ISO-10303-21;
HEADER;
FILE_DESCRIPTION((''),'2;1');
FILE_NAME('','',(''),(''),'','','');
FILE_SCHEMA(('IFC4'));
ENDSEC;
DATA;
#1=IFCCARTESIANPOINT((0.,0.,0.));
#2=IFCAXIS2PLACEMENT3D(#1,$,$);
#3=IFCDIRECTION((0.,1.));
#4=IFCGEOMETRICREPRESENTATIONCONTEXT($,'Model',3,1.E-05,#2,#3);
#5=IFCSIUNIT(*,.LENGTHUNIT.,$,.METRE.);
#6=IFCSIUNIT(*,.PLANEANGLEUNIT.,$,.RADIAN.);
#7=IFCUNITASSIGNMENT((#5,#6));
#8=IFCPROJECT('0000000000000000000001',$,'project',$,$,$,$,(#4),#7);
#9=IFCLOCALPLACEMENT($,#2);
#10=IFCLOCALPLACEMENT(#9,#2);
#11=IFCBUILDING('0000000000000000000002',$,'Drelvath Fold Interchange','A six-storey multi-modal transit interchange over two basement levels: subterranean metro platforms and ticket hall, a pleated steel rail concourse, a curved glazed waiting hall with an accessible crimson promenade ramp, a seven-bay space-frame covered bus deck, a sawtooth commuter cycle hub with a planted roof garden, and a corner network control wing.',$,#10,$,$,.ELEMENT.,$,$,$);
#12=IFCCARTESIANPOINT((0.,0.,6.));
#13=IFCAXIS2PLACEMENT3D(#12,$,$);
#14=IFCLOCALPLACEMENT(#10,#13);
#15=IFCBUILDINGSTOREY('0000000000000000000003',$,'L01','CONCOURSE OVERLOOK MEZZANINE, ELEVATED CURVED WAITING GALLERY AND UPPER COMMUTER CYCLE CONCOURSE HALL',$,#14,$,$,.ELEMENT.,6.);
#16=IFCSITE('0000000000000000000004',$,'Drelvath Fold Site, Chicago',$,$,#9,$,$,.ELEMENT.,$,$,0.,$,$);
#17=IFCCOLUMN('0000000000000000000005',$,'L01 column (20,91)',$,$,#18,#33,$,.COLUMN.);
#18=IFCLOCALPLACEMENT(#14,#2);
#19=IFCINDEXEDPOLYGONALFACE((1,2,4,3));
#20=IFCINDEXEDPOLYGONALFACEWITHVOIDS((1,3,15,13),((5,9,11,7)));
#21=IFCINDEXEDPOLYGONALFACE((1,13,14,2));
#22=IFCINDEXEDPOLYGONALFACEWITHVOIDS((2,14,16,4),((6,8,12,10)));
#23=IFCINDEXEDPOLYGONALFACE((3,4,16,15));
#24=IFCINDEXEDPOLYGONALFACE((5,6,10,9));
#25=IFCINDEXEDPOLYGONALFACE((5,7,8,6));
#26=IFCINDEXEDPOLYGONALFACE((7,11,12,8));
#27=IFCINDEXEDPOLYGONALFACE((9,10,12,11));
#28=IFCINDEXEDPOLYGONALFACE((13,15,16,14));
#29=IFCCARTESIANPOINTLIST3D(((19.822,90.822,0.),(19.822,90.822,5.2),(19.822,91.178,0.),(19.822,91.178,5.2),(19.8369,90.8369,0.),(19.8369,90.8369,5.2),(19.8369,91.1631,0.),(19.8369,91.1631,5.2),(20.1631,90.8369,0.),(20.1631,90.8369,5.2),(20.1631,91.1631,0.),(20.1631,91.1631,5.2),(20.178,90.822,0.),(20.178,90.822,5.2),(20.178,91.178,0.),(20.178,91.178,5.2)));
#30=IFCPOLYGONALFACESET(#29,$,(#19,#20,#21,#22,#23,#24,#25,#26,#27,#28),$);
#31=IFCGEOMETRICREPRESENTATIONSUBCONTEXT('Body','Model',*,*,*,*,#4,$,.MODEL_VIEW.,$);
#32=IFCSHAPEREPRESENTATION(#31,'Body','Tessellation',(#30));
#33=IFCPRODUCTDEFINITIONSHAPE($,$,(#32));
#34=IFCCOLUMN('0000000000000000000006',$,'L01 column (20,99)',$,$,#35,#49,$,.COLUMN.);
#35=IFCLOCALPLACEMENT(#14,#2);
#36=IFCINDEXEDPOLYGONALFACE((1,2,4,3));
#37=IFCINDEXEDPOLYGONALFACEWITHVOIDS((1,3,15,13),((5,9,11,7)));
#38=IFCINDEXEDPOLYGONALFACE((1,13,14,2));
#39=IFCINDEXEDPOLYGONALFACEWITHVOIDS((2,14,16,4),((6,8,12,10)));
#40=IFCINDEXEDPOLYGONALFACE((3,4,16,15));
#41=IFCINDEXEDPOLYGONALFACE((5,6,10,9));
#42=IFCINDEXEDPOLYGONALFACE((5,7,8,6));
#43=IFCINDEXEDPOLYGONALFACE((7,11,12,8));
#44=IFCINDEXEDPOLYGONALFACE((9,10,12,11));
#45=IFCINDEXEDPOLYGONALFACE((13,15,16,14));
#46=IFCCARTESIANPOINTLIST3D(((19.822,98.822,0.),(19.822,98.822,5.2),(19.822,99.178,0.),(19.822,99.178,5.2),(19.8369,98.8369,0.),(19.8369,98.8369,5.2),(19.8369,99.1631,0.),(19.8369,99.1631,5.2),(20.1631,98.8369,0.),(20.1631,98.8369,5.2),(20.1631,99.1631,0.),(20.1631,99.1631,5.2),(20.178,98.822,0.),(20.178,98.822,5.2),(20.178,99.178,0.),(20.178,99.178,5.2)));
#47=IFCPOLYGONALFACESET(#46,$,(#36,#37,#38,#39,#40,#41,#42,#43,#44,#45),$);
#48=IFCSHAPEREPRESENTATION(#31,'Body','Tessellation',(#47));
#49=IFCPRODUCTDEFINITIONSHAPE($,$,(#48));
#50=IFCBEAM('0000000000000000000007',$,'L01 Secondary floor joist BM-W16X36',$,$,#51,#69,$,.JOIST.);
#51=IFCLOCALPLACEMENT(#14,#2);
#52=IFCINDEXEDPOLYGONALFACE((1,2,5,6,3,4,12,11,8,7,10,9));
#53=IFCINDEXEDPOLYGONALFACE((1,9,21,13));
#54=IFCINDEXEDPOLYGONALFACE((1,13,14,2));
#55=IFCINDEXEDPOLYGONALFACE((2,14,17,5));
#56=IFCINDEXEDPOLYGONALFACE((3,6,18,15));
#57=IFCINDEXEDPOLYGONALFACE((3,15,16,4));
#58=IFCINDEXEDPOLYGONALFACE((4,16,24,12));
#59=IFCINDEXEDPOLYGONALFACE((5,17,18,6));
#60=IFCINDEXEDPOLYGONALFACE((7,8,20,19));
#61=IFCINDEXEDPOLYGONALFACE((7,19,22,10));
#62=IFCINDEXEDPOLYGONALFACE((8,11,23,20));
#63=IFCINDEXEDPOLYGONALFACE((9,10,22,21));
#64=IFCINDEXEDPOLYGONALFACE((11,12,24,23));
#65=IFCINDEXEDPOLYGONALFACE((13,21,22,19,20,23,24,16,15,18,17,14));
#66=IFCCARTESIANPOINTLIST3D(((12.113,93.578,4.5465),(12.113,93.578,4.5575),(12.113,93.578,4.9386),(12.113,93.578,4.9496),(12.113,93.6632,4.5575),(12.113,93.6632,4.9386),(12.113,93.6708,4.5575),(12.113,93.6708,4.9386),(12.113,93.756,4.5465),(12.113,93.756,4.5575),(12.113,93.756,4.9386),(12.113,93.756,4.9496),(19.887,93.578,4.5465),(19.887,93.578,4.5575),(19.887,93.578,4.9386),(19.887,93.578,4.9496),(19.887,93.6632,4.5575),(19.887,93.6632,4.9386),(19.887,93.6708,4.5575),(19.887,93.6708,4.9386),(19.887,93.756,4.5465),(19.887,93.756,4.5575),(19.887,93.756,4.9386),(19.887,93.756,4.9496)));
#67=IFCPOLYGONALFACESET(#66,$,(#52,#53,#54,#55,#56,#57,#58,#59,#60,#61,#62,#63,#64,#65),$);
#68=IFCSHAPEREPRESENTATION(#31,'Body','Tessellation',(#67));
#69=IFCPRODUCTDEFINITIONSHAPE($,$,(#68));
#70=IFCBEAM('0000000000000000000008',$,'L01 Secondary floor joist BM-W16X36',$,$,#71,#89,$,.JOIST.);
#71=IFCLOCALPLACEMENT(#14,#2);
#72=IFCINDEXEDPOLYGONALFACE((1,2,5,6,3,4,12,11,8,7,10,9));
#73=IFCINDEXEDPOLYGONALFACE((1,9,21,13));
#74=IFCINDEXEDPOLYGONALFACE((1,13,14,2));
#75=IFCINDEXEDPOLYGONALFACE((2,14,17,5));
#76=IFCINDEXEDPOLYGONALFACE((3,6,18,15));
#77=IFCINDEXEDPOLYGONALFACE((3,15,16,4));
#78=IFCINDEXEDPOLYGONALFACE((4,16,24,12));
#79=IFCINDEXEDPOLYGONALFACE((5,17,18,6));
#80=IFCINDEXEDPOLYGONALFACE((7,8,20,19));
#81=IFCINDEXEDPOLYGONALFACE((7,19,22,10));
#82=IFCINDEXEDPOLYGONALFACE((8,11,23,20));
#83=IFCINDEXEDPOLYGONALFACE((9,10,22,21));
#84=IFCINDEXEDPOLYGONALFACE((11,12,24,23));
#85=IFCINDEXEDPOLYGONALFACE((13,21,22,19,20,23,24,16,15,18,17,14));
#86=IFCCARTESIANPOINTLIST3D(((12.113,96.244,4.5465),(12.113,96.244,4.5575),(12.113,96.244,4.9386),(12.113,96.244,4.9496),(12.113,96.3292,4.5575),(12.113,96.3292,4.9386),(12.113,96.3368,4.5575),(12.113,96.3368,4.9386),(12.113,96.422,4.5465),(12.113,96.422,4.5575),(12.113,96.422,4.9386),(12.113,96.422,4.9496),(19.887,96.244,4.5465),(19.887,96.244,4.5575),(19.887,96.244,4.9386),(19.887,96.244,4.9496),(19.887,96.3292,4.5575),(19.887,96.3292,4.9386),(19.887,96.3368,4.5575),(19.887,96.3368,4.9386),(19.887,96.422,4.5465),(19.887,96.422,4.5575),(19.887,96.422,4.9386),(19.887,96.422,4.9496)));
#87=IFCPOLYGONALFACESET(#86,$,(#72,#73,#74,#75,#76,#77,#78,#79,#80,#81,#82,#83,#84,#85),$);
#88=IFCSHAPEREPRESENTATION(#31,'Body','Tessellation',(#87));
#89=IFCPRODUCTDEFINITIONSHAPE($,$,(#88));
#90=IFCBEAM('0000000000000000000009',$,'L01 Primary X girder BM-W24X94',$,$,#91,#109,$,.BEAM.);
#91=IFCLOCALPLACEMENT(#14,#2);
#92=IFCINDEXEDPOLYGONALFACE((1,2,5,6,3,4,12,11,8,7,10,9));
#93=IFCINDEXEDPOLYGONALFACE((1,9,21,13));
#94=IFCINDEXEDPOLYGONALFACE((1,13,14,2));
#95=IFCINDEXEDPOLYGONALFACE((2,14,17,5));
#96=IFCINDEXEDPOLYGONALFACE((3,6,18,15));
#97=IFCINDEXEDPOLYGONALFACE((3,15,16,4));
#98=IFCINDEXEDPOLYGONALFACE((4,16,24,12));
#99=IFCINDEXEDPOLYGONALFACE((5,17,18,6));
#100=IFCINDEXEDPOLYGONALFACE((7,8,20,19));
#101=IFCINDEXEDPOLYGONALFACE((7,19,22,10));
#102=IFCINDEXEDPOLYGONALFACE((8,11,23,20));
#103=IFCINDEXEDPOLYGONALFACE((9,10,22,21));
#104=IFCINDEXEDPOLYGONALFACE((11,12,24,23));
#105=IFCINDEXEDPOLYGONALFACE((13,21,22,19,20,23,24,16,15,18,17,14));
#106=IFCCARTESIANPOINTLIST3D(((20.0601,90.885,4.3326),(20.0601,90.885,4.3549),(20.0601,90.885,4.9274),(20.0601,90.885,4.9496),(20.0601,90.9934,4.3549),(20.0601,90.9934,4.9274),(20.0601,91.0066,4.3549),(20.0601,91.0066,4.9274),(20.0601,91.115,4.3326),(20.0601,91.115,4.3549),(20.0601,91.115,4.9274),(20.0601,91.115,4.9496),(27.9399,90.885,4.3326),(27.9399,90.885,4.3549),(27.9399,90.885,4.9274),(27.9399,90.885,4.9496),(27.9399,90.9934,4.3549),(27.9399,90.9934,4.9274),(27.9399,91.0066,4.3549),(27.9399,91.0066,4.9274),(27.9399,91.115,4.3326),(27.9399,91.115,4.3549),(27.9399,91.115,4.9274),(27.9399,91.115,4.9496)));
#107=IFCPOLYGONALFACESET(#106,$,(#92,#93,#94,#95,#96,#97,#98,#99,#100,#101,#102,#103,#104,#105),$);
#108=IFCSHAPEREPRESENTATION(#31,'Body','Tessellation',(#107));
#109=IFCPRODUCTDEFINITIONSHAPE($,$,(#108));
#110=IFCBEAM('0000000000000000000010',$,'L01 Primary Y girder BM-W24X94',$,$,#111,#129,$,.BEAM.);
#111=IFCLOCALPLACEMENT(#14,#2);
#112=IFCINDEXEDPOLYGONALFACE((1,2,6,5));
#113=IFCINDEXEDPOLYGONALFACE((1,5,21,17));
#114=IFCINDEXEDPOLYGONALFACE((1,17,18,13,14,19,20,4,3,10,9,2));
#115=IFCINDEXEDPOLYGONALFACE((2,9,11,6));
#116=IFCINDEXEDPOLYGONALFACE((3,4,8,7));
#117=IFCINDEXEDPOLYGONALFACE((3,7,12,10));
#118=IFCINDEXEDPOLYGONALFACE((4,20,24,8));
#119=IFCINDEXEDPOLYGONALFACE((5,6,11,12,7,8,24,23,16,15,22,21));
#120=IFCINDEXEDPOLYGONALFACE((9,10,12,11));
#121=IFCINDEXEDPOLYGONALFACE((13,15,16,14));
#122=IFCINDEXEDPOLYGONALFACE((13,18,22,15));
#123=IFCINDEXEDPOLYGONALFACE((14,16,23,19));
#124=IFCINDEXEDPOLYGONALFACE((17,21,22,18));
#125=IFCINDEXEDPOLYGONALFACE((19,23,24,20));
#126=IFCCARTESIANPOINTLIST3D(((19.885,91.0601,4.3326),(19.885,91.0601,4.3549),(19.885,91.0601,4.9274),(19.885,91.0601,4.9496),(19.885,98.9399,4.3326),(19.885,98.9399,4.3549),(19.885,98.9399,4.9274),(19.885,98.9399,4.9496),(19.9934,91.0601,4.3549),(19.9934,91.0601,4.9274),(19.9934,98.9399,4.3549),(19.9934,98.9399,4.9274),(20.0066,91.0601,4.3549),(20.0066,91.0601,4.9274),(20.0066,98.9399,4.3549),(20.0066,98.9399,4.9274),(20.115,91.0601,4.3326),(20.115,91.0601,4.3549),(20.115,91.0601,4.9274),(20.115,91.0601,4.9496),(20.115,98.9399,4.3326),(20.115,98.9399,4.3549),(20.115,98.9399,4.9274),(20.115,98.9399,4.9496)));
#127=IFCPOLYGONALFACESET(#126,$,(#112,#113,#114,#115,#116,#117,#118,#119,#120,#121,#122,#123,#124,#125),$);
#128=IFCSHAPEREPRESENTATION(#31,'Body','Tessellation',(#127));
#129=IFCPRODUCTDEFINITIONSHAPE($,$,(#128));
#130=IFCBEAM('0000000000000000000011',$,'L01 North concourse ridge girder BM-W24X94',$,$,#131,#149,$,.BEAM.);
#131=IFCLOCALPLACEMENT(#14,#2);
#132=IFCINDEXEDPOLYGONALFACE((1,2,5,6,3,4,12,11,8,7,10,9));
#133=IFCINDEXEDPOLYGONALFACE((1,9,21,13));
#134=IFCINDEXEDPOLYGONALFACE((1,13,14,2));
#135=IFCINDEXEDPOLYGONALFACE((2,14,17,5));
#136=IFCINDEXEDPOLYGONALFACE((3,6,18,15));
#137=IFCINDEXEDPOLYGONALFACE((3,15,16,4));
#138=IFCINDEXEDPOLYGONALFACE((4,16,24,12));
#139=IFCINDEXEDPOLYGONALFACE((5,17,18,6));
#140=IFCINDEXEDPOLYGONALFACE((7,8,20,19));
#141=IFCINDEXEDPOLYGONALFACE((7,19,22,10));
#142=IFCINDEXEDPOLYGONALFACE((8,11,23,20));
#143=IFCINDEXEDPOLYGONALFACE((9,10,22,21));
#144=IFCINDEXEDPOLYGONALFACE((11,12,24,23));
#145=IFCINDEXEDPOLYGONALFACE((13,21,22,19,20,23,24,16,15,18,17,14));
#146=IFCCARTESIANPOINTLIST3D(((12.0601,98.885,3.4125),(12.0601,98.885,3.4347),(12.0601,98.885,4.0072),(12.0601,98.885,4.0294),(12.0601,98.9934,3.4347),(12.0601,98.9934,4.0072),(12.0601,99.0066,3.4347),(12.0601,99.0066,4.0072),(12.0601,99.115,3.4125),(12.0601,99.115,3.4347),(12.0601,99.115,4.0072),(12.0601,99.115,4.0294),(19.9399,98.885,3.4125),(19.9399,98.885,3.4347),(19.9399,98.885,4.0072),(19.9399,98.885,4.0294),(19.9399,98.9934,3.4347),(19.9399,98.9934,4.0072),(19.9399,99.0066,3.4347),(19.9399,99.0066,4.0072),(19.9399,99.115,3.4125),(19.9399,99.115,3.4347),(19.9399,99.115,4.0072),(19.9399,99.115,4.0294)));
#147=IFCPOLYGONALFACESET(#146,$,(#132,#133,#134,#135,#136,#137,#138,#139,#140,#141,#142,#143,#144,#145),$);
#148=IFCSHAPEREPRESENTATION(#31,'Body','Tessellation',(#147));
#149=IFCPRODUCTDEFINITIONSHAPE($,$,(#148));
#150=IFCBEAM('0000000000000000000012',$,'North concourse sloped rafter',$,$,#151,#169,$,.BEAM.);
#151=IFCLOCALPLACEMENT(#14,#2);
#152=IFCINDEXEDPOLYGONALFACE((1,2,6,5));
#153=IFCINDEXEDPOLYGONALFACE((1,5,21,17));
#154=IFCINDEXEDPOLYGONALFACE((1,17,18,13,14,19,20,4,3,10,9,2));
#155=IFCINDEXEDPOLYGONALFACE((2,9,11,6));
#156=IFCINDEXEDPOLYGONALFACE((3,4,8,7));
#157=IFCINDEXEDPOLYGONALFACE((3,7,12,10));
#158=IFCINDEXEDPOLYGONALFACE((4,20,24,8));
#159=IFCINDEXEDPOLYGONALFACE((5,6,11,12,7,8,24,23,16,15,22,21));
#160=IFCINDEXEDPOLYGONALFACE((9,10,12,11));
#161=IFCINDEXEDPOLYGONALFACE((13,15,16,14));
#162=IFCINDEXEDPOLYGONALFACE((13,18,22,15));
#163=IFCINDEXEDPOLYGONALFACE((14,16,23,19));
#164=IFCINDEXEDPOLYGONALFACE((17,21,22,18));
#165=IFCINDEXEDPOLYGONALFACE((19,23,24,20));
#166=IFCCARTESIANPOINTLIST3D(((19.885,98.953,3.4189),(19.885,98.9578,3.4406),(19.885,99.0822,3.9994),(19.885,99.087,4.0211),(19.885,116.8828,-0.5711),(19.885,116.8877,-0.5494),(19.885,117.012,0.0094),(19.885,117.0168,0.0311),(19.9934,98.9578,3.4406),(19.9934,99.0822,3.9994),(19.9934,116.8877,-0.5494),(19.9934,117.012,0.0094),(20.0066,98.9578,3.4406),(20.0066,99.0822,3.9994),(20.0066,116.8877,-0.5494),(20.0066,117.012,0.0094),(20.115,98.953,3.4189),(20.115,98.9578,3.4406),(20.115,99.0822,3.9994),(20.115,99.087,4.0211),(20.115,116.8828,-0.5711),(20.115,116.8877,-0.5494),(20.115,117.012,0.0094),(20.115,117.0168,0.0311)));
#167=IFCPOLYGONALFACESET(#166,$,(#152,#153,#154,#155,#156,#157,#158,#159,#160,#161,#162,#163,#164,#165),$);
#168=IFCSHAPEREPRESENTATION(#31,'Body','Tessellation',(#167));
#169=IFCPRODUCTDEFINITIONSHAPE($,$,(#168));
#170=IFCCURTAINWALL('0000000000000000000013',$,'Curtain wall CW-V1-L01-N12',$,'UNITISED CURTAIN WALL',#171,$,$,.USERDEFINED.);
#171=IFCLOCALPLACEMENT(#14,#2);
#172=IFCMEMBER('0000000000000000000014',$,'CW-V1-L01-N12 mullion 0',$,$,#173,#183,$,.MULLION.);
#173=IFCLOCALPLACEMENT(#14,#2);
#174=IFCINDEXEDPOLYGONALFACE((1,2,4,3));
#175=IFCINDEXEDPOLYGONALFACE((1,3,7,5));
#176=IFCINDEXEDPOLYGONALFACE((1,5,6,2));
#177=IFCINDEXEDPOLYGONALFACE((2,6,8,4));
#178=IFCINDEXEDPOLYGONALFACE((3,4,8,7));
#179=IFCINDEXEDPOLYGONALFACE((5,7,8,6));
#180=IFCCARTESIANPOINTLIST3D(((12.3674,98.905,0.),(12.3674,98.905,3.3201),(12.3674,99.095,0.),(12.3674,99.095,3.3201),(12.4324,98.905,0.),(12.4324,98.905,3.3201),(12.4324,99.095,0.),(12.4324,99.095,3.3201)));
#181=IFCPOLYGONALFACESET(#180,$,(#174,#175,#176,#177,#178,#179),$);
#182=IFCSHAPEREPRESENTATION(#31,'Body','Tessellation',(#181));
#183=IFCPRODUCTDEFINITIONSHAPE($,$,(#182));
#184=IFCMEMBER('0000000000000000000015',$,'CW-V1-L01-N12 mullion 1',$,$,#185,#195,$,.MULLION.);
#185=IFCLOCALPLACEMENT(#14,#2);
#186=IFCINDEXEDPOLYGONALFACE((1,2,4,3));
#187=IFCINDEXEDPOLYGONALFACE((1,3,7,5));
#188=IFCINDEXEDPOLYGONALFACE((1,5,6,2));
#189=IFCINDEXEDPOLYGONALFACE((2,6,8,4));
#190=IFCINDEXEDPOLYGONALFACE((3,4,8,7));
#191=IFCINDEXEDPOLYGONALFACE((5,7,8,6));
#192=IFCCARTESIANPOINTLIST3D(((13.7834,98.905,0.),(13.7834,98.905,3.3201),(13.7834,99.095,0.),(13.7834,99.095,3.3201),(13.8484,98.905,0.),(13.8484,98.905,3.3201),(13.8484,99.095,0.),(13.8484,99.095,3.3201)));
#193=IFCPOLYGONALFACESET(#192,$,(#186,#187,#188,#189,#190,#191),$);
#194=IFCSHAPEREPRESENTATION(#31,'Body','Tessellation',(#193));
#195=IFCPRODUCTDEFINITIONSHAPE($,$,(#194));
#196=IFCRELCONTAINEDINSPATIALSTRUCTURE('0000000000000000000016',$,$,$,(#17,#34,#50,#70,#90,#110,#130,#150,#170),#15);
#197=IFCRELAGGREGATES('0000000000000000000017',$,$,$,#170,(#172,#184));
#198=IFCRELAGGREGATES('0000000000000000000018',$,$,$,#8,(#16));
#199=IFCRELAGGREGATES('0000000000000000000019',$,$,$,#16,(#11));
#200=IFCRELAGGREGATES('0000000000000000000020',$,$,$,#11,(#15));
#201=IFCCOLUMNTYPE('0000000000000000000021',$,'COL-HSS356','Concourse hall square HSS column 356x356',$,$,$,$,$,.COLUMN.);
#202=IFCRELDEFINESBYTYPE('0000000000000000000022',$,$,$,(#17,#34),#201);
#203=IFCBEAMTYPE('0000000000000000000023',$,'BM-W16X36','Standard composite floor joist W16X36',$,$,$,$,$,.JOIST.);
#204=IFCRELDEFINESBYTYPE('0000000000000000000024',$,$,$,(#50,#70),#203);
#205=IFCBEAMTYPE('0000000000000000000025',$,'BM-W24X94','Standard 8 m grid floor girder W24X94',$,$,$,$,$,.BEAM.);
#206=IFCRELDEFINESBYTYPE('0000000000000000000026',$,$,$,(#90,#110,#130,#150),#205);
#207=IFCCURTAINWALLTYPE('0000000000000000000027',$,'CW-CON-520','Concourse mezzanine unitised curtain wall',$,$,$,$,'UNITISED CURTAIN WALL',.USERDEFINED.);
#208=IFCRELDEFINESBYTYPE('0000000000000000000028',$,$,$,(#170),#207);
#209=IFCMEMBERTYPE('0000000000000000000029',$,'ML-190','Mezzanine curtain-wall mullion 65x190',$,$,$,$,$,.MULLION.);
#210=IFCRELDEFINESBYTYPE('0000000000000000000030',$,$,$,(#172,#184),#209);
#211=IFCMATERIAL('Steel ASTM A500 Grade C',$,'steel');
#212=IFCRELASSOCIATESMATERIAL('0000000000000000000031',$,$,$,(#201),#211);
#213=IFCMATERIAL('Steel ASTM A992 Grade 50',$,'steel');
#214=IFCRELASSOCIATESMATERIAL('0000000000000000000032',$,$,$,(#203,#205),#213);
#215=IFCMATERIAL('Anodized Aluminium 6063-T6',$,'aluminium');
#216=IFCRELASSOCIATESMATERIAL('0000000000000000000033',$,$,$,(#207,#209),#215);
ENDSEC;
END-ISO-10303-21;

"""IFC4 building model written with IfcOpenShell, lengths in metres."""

from ifc_helpers import new_model, si_unit, direction, frame, origin, origin_2d, place, context, subcontext, project, spatial, rectangle, hollow_rectangle, i_section, extrude, material, material_profile, profile_set, type_object, element, aggregate, save


model = new_model("IFC4")

# Units and contexts
model_context = context("Model", 3, precision=1e-05, world=origin(), true_north=direction((0.0, 1.0)))
body_context = subcontext(model_context, "Body", "Model", "MODEL_VIEW")
ifc_project = project(units=[si_unit("LENGTHUNIT", "METRE"), si_unit("PLANEANGLEUNIT", "RADIAN")], contexts=[model_context])

# Site, building, storey
site_placement = place(None, origin())
site = spatial("IfcSite", under=ifc_project, at=site_placement, Name="Drelvath Fold Site, Chicago", CompositionType="ELEMENT", RefElevation=0.0)
building_placement = place(site_placement, origin())
building = spatial("IfcBuilding", under=site, at=building_placement, Name="Drelvath Fold Interchange", Description="A six-storey multi-modal transit interchange over two basement levels: subterranean metro platforms and ticket hall, a pleated steel rail concourse, a curved glazed waiting hall with an accessible crimson promenade ramp, a seven-bay space-frame covered bus deck, a sawtooth commuter cycle hub with a planted roof garden, and a corner network control wing.", CompositionType="ELEMENT")
storey_placement = place(building_placement, frame((0.0, 0.0, 6.0)))
storey = spatial("IfcBuildingStorey", under=building, at=storey_placement, Name="L01", Description="CONCOURSE OVERLOOK MEZZANINE, ELEVATED CURVED WAITING GALLERY AND UPPER COMMUTER CYCLE CONCOURSE HALL", CompositionType="ELEMENT", Elevation=6.0)

# Columns
ifc_material_1 = material(Name="Steel ASTM A500 Grade C", Category="steel")
ifc_material_profile_1 = material_profile(ifc_material_1, hollow_rectangle(XDim=0.356, YDim=0.356, WallThickness=0.0149, at=origin_2d()), Name="HSS14X14X5/8")
ifc_profile_set_1 = profile_set([ifc_material_profile_1], Name="Steel ASTM A500 Grade C")
column_type = type_object("IfcColumnType", Name="COL-HSS356", Description="Concourse hall square HSS column 356x356", PredefinedType="COLUMN", material=ifc_profile_set_1)
for number, where, z_axis, x_axis, name in (
    (1, (20.0, 91.0, 0.0), (0.0, 0.0, 1.0), (1.0, 0.0, 0.0), "L01 column (20,91)"),
    (2, (20.0, 99.0, 0.0), (0.0, 0.0, 1.0), (1.0, 0.0, 0.0), "L01 column (20,99)"),
):
    element("IfcColumn", number, at=place(storey_placement, frame(where, z_axis=z_axis, x_axis=x_axis)), inside=storey, type_object=column_type, Name=name, PredefinedType="COLUMN", context=body_context, shape_type="SweptSolid", body=[
        extrude(hollow_rectangle(XDim=0.356, YDim=0.356, WallThickness=0.0149, at=origin_2d()), origin(), (0.0, 0.0, 1.0), 5.2),
    ])

# Beams
ifc_material_2 = material(Name="Steel ASTM A992 Grade 50", Category="steel")
ifc_material_profile_2 = material_profile(ifc_material_2, i_section(OverallWidth=0.178, OverallDepth=0.4031, WebThickness=0.0076, FlangeThickness=0.011, at=origin_2d()), Name="W16X36")
ifc_profile_set_2 = profile_set([ifc_material_profile_2], Name="Steel ASTM A992 Grade 50")
beam_type_1 = type_object("IfcBeamType", Name="BM-W16X36", Description="Standard composite floor joist W16X36", PredefinedType="JOIST", material=ifc_profile_set_2)
for number, where, z_axis, x_axis, name in (
    (3, (12.113, 93.667, 4.748), (1.0, 0.0, 0.0), (0.0, 1.0, 0.0), "L01 Secondary floor joist BM-W16X36"),
    (4, (12.113, 96.333, 4.748), (1.0, 0.0, 0.0), (0.0, 1.0, 0.0), "L01 Secondary floor joist BM-W16X36"),
):
    element("IfcBeam", number, at=place(storey_placement, frame(where, z_axis=z_axis, x_axis=x_axis)), inside=storey, type_object=beam_type_1, Name=name, PredefinedType="JOIST", context=body_context, shape_type="SweptSolid", body=[
        extrude(i_section(OverallWidth=0.178, OverallDepth=0.4031, WebThickness=0.0076, FlangeThickness=0.011, at=origin_2d()), origin(), (0.0, 0.0, 1.0), 7.7739),
    ])
ifc_material_profile_3 = material_profile(ifc_material_2, i_section(OverallWidth=0.23, OverallDepth=0.6169, WebThickness=0.0132, FlangeThickness=0.0222, at=origin_2d()), Name="W24X94")
ifc_profile_set_3 = profile_set([ifc_material_profile_3], Name="Steel ASTM A992 Grade 50")
beam_type_2 = type_object("IfcBeamType", Name="BM-W24X94", Description="Standard 8 m grid floor girder W24X94", PredefinedType="BEAM", material=ifc_profile_set_3)
for number, where, z_axis, x_axis, name in (
    (5, (20.0601, 91.0, 4.6411), (1.0, 0.0, 0.0), (0.0, 1.0, 0.0), "L01 Primary X girder BM-W24X94"),
    (6, (20.0, 91.0601, 4.6411), (0.0, 1.0, 0.0), (-1.0, 0.0, 0.0), "L01 Primary Y girder BM-W24X94"),
    (7, (12.0601, 99.0, 3.7209), (1.0, 0.0, 0.0), (0.0, 1.0, 0.0), "L01 North concourse ridge girder BM-W24X94"),
):
    element("IfcBeam", number, at=place(storey_placement, frame(where, z_axis=z_axis, x_axis=x_axis)), inside=storey, type_object=beam_type_2, Name=name, PredefinedType="BEAM", context=body_context, shape_type="SweptSolid", body=[
        extrude(i_section(OverallWidth=0.23, OverallDepth=0.6169, WebThickness=0.0132, FlangeThickness=0.0222, at=origin_2d()), origin(), (0.0, 0.0, 1.0), 7.8799),
    ])
beam_placement = place(storey_placement, frame((20.0, 99.02, 3.72), z_axis=(0.0, 0.976123, -0.217219), x_axis=(-1.0, 0.0, 0.0)))
element("IfcBeam", 8, at=beam_placement, inside=storey, type_object=beam_type_2, Name="North concourse sloped rafter", PredefinedType="BEAM", context=body_context, shape_type="SweptSolid", body=[
    extrude(i_section(OverallWidth=0.23, OverallDepth=0.6169, WebThickness=0.0132, FlangeThickness=0.0222, at=origin_2d()), origin(), (0.0, 0.0, 1.0), 18.3684),
])

# Curtain wall, members
ifc_material_3 = material(Name="Anodized Aluminium 6063-T6", Category="aluminium")
curtain_wall_type = type_object("IfcCurtainWallType", Name="CW-CON-520", Description="Concourse mezzanine unitised curtain wall", ElementType="UNITISED CURTAIN WALL", PredefinedType="USERDEFINED", material=ifc_material_3)
curtain_wall_placement = place(storey_placement, origin())
curtain_wall = element("IfcCurtainWall", 9, at=curtain_wall_placement, inside=storey, type_object=curtain_wall_type, Name="Curtain wall CW-V1-L01-N12", ObjectType="UNITISED CURTAIN WALL", PredefinedType="USERDEFINED")
ifc_material_profile_4 = material_profile(ifc_material_3, rectangle(XDim=0.0649, YDim=0.1899, at=origin_2d()), Name="AL-M 65x190")
ifc_profile_set_4 = profile_set([ifc_material_profile_4], Name="Anodized Aluminium 6063-T6")
member_type_1 = type_object("IfcMemberType", Name="ML-190", Description="Mezzanine curtain-wall mullion 65x190", PredefinedType="MULLION", material=ifc_profile_set_4)
member_1_placement = place(storey_placement, frame((12.3999, 99.0, 0.0), z_axis=(0.0, 0.0, 1.0), x_axis=(1.0, 0.0, 0.0)))
member_1 = element("IfcMember", 10, at=member_1_placement, type_object=member_type_1, Name="CW-V1-L01-N12 mullion 0", PredefinedType="MULLION", context=body_context, shape_type="SweptSolid", body=[
    extrude(rectangle(XDim=0.0649, YDim=0.1899, at=origin_2d()), origin(), (0.0, 0.0, 1.0), 3.3201),
])
member_2_placement = place(storey_placement, frame((13.8159, 99.0, 0.0), z_axis=(0.0, 0.0, 1.0), x_axis=(1.0, 0.0, 0.0)))
member_2 = element("IfcMember", 11, at=member_2_placement, type_object=member_type_1, Name="CW-V1-L01-N12 mullion 1", PredefinedType="MULLION", context=body_context, shape_type="SweptSolid", body=[
    extrude(rectangle(XDim=0.0649, YDim=0.1899, at=origin_2d()), origin(), (0.0, 0.0, 1.0), 3.3201),
])
aggregate(curtain_wall, [member_1, member_2])

save(model, "model.ifc")
